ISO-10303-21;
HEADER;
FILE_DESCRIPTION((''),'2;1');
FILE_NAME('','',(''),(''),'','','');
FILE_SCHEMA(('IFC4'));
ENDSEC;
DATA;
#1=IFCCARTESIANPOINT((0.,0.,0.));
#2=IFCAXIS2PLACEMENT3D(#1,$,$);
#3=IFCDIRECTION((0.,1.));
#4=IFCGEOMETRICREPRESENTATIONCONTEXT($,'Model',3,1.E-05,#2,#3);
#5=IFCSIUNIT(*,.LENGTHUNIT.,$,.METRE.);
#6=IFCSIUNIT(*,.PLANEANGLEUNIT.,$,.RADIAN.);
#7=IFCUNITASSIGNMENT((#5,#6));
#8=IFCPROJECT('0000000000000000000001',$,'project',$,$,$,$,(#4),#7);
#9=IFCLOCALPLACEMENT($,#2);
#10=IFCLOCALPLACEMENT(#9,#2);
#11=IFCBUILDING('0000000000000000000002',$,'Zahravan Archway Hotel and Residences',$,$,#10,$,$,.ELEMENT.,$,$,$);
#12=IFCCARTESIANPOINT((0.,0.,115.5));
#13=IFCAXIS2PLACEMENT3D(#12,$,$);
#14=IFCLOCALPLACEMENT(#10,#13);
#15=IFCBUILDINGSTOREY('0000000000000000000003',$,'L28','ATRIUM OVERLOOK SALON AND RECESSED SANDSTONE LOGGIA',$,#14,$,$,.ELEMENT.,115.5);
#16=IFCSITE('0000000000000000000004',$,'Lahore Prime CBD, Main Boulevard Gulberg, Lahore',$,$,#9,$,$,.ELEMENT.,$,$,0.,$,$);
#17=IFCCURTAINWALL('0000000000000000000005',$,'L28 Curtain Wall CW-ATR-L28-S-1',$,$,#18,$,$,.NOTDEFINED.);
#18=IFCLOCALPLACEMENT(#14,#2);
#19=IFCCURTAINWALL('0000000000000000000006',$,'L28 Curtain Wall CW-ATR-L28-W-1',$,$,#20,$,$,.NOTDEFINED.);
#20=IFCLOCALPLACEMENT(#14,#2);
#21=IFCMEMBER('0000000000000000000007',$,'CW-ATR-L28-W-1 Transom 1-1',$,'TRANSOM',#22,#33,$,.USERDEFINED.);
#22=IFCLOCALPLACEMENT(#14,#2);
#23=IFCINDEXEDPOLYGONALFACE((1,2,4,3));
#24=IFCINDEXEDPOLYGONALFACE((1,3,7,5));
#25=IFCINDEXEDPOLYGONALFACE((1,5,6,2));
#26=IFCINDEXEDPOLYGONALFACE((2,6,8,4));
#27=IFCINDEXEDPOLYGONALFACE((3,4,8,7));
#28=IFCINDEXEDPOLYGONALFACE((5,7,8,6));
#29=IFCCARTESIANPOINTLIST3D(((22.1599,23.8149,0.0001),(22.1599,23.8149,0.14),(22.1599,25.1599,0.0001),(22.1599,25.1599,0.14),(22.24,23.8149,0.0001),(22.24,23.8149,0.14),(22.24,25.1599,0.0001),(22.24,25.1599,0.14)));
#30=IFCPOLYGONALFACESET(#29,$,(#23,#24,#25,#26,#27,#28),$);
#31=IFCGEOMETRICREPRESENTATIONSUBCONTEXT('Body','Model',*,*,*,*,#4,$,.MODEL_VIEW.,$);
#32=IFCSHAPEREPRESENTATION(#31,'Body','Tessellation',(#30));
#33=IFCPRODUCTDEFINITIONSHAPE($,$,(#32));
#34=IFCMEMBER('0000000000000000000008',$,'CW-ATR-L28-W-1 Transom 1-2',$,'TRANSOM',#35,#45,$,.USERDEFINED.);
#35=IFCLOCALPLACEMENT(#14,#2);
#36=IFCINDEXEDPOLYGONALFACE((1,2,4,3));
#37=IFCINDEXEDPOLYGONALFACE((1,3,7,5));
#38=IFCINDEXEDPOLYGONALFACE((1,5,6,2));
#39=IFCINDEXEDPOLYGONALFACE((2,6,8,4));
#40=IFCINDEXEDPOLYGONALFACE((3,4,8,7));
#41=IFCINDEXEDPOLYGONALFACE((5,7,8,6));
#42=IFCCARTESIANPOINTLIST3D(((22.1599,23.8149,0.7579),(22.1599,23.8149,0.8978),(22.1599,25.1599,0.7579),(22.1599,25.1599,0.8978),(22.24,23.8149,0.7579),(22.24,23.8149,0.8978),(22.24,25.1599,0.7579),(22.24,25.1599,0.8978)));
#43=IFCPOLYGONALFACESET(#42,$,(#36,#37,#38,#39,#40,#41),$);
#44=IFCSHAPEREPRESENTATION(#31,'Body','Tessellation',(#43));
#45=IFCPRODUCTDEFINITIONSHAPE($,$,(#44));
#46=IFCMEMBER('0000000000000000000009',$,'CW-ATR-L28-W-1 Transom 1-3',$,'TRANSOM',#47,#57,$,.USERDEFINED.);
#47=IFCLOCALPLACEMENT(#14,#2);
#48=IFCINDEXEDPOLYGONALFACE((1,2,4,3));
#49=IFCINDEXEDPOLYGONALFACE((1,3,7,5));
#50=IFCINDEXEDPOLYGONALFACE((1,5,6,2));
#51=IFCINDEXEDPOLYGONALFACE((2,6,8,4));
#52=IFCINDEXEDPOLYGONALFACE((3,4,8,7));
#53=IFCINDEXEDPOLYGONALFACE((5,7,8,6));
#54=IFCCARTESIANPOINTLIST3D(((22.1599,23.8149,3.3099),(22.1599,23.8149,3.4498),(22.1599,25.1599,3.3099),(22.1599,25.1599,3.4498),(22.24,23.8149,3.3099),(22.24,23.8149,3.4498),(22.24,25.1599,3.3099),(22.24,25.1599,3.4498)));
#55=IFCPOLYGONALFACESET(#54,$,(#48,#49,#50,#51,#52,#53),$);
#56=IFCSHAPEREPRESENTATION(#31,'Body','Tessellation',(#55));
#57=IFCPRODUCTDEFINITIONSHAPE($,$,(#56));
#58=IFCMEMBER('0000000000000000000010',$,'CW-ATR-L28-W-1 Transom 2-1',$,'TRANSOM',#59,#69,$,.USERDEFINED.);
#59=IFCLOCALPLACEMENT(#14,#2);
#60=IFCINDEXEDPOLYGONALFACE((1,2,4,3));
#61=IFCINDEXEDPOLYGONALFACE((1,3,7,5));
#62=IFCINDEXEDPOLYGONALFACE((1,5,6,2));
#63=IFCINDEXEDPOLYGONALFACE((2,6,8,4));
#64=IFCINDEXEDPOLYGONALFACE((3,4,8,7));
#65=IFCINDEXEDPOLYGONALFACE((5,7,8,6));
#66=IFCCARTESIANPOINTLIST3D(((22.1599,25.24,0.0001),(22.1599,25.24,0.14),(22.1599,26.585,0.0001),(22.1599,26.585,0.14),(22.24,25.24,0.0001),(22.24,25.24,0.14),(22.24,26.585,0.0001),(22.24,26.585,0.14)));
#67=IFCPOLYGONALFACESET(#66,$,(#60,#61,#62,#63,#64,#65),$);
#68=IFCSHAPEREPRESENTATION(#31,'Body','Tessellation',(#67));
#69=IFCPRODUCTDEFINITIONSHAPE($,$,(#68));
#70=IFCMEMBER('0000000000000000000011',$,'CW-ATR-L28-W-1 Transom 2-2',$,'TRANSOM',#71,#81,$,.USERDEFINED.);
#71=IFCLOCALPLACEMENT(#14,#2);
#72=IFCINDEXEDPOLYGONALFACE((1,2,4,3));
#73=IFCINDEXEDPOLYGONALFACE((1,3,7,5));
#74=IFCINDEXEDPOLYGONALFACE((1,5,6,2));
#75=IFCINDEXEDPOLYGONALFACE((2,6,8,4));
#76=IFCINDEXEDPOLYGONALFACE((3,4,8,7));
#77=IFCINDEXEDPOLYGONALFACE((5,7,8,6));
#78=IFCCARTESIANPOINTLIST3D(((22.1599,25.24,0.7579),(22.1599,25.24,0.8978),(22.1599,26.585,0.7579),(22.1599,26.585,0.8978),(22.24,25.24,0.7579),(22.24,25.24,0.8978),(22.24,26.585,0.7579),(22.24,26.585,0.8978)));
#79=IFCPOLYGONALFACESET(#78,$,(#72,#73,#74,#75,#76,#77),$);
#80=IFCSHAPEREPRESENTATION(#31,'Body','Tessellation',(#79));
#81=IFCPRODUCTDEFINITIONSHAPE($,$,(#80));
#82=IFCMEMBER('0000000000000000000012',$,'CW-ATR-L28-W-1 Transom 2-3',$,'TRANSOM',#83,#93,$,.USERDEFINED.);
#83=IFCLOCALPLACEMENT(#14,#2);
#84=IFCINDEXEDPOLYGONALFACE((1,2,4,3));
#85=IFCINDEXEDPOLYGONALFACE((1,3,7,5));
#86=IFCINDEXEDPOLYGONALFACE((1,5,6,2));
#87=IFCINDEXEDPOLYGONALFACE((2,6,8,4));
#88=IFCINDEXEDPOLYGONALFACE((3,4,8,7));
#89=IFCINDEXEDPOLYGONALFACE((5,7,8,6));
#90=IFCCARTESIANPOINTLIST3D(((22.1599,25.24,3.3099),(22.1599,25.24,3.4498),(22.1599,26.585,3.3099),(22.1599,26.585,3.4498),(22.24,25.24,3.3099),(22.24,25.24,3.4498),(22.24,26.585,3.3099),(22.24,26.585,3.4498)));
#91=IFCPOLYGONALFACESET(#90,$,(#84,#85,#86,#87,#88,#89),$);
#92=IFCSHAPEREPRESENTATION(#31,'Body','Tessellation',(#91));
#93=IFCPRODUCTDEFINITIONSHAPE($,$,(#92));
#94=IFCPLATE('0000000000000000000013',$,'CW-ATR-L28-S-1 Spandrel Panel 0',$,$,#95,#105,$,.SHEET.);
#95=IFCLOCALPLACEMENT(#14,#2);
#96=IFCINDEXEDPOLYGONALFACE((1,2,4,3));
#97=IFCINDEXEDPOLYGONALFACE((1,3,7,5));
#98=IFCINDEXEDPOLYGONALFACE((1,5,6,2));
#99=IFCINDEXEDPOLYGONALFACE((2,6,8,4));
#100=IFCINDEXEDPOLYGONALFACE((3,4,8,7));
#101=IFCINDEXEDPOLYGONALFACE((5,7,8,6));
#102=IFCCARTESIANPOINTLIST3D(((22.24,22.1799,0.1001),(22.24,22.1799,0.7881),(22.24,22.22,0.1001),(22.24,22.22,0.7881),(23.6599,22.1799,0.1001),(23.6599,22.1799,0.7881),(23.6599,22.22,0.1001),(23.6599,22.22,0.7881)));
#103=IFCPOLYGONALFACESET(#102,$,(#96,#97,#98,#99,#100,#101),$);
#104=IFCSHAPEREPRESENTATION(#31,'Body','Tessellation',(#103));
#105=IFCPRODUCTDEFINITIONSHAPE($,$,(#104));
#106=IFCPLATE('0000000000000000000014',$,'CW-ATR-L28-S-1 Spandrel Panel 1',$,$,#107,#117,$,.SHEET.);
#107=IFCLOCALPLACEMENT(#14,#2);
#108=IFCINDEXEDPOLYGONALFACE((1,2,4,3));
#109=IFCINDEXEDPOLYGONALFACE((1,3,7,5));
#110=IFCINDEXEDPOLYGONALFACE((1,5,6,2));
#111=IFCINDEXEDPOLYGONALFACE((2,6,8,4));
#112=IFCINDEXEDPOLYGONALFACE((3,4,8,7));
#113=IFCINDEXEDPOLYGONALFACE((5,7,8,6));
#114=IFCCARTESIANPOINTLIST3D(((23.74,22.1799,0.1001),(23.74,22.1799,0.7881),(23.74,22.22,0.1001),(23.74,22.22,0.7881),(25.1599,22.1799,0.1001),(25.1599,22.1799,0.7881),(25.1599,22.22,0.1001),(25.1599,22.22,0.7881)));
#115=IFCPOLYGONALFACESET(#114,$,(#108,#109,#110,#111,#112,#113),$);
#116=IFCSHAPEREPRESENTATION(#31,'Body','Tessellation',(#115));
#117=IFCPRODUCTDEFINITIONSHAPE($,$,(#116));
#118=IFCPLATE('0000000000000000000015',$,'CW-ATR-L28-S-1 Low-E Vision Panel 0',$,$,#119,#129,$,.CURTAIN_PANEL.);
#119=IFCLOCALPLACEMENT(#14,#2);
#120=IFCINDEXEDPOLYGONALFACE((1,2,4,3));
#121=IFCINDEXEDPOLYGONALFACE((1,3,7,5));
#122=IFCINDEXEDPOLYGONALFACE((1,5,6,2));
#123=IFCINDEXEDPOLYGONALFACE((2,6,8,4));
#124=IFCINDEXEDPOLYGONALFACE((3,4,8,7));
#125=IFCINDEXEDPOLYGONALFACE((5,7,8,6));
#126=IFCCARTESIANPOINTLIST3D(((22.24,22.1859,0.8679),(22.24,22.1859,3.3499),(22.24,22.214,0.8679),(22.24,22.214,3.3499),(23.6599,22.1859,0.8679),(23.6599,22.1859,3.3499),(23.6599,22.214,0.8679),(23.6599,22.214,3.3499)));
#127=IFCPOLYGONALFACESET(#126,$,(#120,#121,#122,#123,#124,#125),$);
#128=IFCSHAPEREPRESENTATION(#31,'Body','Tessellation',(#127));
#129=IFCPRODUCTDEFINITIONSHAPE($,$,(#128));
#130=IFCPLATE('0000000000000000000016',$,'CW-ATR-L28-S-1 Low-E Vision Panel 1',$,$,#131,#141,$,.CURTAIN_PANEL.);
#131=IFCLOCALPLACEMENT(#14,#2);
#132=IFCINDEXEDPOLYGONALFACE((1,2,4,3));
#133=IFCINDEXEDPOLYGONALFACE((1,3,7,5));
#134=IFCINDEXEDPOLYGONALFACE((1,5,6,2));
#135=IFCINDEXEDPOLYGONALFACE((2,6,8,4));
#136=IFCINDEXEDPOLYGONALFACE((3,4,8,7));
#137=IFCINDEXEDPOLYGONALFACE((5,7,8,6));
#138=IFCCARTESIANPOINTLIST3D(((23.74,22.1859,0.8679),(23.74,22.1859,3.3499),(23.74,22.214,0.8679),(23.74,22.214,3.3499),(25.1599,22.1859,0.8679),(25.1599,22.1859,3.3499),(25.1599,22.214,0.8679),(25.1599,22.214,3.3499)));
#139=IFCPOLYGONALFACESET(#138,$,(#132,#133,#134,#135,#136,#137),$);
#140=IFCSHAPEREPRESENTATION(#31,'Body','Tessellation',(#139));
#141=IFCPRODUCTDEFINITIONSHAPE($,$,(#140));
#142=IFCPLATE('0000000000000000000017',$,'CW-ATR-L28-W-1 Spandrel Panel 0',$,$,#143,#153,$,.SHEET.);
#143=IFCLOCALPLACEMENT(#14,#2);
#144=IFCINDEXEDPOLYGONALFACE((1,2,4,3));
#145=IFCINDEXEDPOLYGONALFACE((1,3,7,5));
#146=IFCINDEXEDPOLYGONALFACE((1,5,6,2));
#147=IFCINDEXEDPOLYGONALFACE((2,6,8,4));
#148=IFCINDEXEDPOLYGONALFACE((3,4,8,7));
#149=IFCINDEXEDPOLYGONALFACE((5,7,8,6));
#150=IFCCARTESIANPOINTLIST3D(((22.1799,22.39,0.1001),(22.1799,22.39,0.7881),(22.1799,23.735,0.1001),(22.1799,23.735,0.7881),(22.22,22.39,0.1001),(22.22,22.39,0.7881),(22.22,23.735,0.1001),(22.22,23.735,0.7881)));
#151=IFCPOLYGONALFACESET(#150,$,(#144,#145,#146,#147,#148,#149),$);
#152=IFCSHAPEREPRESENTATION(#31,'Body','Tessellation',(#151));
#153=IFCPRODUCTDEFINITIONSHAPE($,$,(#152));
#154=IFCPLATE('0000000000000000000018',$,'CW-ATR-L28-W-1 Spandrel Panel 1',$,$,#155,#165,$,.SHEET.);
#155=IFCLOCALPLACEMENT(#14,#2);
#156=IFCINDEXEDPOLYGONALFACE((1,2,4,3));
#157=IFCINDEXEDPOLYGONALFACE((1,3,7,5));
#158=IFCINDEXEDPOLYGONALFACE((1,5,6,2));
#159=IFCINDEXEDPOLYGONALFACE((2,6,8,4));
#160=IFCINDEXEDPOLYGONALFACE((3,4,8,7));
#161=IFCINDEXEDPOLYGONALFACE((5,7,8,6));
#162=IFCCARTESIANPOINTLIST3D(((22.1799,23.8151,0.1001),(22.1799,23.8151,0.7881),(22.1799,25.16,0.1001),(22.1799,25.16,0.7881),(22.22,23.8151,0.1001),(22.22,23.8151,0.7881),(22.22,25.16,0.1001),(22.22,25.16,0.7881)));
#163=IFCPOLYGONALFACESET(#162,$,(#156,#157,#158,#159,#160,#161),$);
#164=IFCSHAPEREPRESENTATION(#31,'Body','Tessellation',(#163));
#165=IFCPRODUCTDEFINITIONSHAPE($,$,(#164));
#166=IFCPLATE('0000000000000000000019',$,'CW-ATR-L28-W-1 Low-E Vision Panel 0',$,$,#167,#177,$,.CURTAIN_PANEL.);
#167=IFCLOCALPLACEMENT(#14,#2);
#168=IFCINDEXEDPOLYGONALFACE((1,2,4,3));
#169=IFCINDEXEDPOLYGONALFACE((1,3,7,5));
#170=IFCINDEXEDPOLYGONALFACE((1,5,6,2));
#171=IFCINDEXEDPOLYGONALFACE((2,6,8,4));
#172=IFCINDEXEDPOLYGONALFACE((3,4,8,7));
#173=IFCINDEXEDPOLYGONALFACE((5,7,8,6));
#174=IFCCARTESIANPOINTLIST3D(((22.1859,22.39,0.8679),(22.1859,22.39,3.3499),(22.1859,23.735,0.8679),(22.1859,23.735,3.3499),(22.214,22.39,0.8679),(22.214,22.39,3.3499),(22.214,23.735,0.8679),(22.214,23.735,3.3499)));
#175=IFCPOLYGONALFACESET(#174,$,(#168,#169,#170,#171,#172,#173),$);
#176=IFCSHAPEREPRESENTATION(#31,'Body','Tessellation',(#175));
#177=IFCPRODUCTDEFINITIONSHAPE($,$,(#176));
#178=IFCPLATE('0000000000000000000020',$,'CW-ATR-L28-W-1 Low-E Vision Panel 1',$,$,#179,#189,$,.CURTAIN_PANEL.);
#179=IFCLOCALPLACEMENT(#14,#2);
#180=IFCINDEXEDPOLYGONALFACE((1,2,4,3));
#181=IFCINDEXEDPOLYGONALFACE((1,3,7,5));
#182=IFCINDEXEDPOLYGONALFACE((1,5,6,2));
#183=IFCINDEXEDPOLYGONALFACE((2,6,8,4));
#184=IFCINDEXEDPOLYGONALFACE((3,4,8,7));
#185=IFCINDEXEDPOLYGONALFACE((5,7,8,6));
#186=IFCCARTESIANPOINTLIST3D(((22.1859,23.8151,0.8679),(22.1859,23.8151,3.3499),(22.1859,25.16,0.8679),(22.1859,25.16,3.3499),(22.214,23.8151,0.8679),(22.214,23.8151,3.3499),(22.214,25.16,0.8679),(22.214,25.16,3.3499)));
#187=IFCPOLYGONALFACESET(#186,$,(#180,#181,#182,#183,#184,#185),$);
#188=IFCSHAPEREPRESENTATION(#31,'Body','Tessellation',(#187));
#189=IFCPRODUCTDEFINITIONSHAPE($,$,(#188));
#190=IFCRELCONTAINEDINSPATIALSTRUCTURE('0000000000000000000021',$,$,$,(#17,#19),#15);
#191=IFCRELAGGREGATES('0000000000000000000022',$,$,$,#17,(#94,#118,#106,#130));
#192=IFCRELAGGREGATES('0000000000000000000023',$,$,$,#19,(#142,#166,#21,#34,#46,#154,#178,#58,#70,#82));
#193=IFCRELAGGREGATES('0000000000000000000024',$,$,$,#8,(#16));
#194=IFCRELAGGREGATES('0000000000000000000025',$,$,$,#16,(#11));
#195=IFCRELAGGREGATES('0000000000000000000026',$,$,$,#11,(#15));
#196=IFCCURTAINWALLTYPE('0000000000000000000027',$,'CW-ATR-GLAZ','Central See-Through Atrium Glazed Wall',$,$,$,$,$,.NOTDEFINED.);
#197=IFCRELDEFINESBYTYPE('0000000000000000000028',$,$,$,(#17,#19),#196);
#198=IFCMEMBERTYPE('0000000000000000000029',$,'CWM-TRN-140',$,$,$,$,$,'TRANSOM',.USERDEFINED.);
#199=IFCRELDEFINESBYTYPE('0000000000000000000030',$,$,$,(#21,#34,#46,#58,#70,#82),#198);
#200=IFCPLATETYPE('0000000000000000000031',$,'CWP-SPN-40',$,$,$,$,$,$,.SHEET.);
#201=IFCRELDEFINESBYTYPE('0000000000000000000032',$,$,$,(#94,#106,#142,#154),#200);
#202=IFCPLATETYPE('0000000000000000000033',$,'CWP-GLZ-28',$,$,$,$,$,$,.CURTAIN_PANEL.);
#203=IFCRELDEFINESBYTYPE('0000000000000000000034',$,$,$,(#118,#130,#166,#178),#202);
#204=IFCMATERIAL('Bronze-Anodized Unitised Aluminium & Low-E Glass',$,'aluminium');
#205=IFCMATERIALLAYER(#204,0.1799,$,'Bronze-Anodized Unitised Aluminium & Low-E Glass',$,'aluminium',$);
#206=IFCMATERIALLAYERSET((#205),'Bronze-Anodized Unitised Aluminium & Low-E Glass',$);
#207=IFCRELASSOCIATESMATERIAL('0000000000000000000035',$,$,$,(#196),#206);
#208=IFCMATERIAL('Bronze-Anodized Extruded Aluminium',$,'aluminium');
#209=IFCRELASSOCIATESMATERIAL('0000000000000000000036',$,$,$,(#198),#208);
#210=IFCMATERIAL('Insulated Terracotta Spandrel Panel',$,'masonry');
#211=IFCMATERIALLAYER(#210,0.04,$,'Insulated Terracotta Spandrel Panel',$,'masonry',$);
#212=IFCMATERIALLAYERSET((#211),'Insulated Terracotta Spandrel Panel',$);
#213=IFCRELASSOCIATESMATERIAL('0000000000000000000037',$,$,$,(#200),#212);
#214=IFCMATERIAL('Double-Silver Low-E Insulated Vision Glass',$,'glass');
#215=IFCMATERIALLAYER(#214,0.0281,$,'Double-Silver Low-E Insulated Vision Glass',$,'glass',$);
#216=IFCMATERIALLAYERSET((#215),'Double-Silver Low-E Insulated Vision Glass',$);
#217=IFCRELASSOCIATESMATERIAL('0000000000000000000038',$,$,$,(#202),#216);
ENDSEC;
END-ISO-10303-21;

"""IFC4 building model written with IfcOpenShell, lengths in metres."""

from ifc_helpers import new_model, si_unit, direction, frame, origin, origin_2d, place, context, subcontext, project, spatial, rectangle, extrude, source, transform, mapped, material, layer, layer_set, material_profile, profile_set, type_object, element, aggregate, save


model = new_model("IFC4")

# Units and contexts
model_context = context("Model", 3, precision=1e-05, world=origin(), true_north=direction((0.0, 1.0)))
body_context = subcontext(model_context, "Body", "Model", "MODEL_VIEW")
ifc_project = project(units=[si_unit("LENGTHUNIT", "METRE"), si_unit("PLANEANGLEUNIT", "RADIAN")], contexts=[model_context])

# Site, building, storey
site_placement = place(None, origin())
site = spatial("IfcSite", under=ifc_project, at=site_placement, Name="Lahore Prime CBD, Main Boulevard Gulberg, Lahore", CompositionType="ELEMENT", RefElevation=0.0)
building_placement = place(site_placement, origin())
building = spatial("IfcBuilding", under=site, at=building_placement, Name="Zahravan Archway Hotel and Residences", CompositionType="ELEMENT")
storey_placement = place(building_placement, frame((0.0, 0.0, 115.5)))
storey = spatial("IfcBuildingStorey", under=building, at=storey_placement, Name="L28", Description="ATRIUM OVERLOOK SALON AND RECESSED SANDSTONE LOGGIA", CompositionType="ELEMENT", Elevation=115.5)

# Curtain walls
ifc_material_1 = material(Name="Bronze-Anodized Unitised Aluminium & Low-E Glass", Category="aluminium")
ifc_layer_1 = layer(ifc_material_1, 0.1799, Name="Bronze-Anodized Unitised Aluminium & Low-E Glass", Category="aluminium")
ifc_layer_set_1 = layer_set([ifc_layer_1], Name="Bronze-Anodized Unitised Aluminium & Low-E Glass")
curtain_wall_type = type_object("IfcCurtainWallType", Name="CW-ATR-GLAZ", Description="Central See-Through Atrium Glazed Wall", PredefinedType="NOTDEFINED", material=ifc_layer_set_1)
curtain_wall_1_placement = place(storey_placement, origin())
curtain_wall_1 = element("IfcCurtainWall", 1, at=curtain_wall_1_placement, inside=storey, type_object=curtain_wall_type, Name="L28 Curtain Wall CW-ATR-L28-S-1", PredefinedType="NOTDEFINED")
ifc_material_2 = material(Name="Bronze-Anodized Extruded Aluminium", Category="aluminium")
curtain_wall_2_placement = place(storey_placement, origin())
curtain_wall_2 = element("IfcCurtainWall", 2, at=curtain_wall_2_placement, inside=storey, type_object=curtain_wall_type, Name="L28 Curtain Wall CW-ATR-L28-W-1", PredefinedType="NOTDEFINED")

# Members
ifc_material_profile_1 = material_profile(ifc_material_2, rectangle(XDim=0.0801, YDim=0.1399, at=origin_2d()), Name="TRN 80x140", Category="aluminium")
ifc_profile_set_1 = profile_set([ifc_material_profile_1], Name="Bronze-Anodized Extruded Aluminium")
member_type_1 = type_object("IfcMemberType", Name="CWM-TRN-140", ElementType="TRANSOM", PredefinedType="USERDEFINED", material=ifc_profile_set_1)
shared_shape_1 = source(origin(), body_context, "Body", "SweptSolid", [
    extrude(rectangle(XDim=0.0801, YDim=0.1399, at=origin_2d()), origin(), (0.0, 0.0, 1.0), 1.345),
])
member_1_placement = place(storey_placement, frame((22.2, 23.8149, 0.0701), z_axis=(0.0, 1.0, 0.0), x_axis=(-1.0, 0.0, 0.0)))
member_1 = element("IfcMember", 3, at=member_1_placement, type_object=member_type_1, Name="CW-ATR-L28-W-1 Transom 1-1", ObjectType="TRANSOM", PredefinedType="USERDEFINED", context=body_context, shape_type="MappedRepresentation", body=[
    mapped(shared_shape_1, transform((0.0, 0.0, 0.0), scale=1.0)),
])
member_2_placement = place(storey_placement, frame((22.2, 23.8149, 0.8279), z_axis=(0.0, 1.0, 0.0), x_axis=(-1.0, 0.0, 0.0)))
member_2 = element("IfcMember", 4, at=member_2_placement, type_object=member_type_1, Name="CW-ATR-L28-W-1 Transom 1-2", ObjectType="TRANSOM", PredefinedType="USERDEFINED", context=body_context, shape_type="MappedRepresentation", body=[
    mapped(shared_shape_1, transform((0.0, 0.0, 0.0), scale=1.0)),
])
member_3_placement = place(storey_placement, frame((22.2, 23.8149, 3.3799), z_axis=(0.0, 1.0, 0.0), x_axis=(-1.0, 0.0, 0.0)))
member_3 = element("IfcMember", 5, at=member_3_placement, type_object=member_type_1, Name="CW-ATR-L28-W-1 Transom 1-3", ObjectType="TRANSOM", PredefinedType="USERDEFINED", context=body_context, shape_type="MappedRepresentation", body=[
    mapped(shared_shape_1, transform((0.0, 0.0, 0.0), scale=1.0)),
])
member_4_placement = place(storey_placement, frame((22.2, 25.24, 0.0701), z_axis=(0.0, 1.0, 0.0), x_axis=(-1.0, 0.0, 0.0)))
member_4 = element("IfcMember", 6, at=member_4_placement, type_object=member_type_1, Name="CW-ATR-L28-W-1 Transom 2-1", ObjectType="TRANSOM", PredefinedType="USERDEFINED", context=body_context, shape_type="MappedRepresentation", body=[
    mapped(shared_shape_1, transform((0.0, 0.0, 0.0), scale=1.0)),
])
member_5_placement = place(storey_placement, frame((22.2, 25.24, 0.8279), z_axis=(0.0, 1.0, 0.0), x_axis=(-1.0, 0.0, 0.0)))
member_5 = element("IfcMember", 7, at=member_5_placement, type_object=member_type_1, Name="CW-ATR-L28-W-1 Transom 2-2", ObjectType="TRANSOM", PredefinedType="USERDEFINED", context=body_context, shape_type="MappedRepresentation", body=[
    mapped(shared_shape_1, transform((0.0, 0.0, 0.0), scale=1.0)),
])
member_6_placement = place(storey_placement, frame((22.2, 25.24, 3.3799), z_axis=(0.0, 1.0, 0.0), x_axis=(-1.0, 0.0, 0.0)))
member_6 = element("IfcMember", 8, at=member_6_placement, type_object=member_type_1, Name="CW-ATR-L28-W-1 Transom 2-3", ObjectType="TRANSOM", PredefinedType="USERDEFINED", context=body_context, shape_type="MappedRepresentation", body=[
    mapped(shared_shape_1, transform((0.0, 0.0, 0.0), scale=1.0)),
])

# Plates
ifc_material_3 = material(Name="Insulated Terracotta Spandrel Panel", Category="masonry")
ifc_layer_2 = layer(ifc_material_3, 0.04, Name="Insulated Terracotta Spandrel Panel", Category="masonry")
ifc_layer_set_2 = layer_set([ifc_layer_2], Name="Insulated Terracotta Spandrel Panel")
plate_type_1 = type_object("IfcPlateType", Name="CWP-SPN-40", PredefinedType="SHEET", material=ifc_layer_set_2)
shared_shape_2 = source(origin(), body_context, "Body", "SweptSolid", [
    extrude(rectangle(XDim=1.4199, YDim=0.04, at=origin_2d()), origin(), (0.0, 0.0, 1.0), 0.688),
])
plate_1_placement = place(storey_placement, frame((22.95, 22.2, 0.1001), z_axis=(0.0, 0.0, 1.0), x_axis=(1.0, 0.0, 0.0)))
plate_1 = element("IfcPlate", 9, at=plate_1_placement, type_object=plate_type_1, Name="CW-ATR-L28-S-1 Spandrel Panel 0", PredefinedType="SHEET", context=body_context, shape_type="MappedRepresentation", body=[
    mapped(shared_shape_2, transform((0.0, 0.0, 0.0), scale=1.0)),
])
plate_2_placement = place(storey_placement, frame((24.45, 22.2, 0.1001), z_axis=(0.0, 0.0, 1.0), x_axis=(1.0, 0.0, 0.0)))
plate_2 = element("IfcPlate", 10, at=plate_2_placement, type_object=plate_type_1, Name="CW-ATR-L28-S-1 Spandrel Panel 1", PredefinedType="SHEET", context=body_context, shape_type="MappedRepresentation", body=[
    mapped(shared_shape_2, transform((0.0, 0.0, 0.0), scale=1.0)),
])
ifc_material_4 = material(Name="Double-Silver Low-E Insulated Vision Glass", Category="glass")
ifc_layer_3 = layer(ifc_material_4, 0.0281, Name="Double-Silver Low-E Insulated Vision Glass", Category="glass")
ifc_layer_set_3 = layer_set([ifc_layer_3], Name="Double-Silver Low-E Insulated Vision Glass")
plate_type_2 = type_object("IfcPlateType", Name="CWP-GLZ-28", PredefinedType="CURTAIN_PANEL", material=ifc_layer_set_3)
shared_shape_3 = source(origin(), body_context, "Body", "SweptSolid", [
    extrude(rectangle(XDim=1.4199, YDim=0.0281, at=origin_2d()), origin(), (0.0, 0.0, 1.0), 2.4819),
])
plate_3_placement = place(storey_placement, frame((22.95, 22.2, 0.8679), z_axis=(0.0, 0.0, 1.0), x_axis=(1.0, 0.0, 0.0)))
plate_3 = element("IfcPlate", 11, at=plate_3_placement, type_object=plate_type_2, Name="CW-ATR-L28-S-1 Low-E Vision Panel 0", PredefinedType="CURTAIN_PANEL", context=body_context, shape_type="MappedRepresentation", body=[
    mapped(shared_shape_3, transform((0.0, 0.0, 0.0), scale=1.0)),
])
plate_4_placement = place(storey_placement, frame((24.45, 22.2, 0.8679), z_axis=(0.0, 0.0, 1.0), x_axis=(1.0, 0.0, 0.0)))
plate_4 = element("IfcPlate", 12, at=plate_4_placement, type_object=plate_type_2, Name="CW-ATR-L28-S-1 Low-E Vision Panel 1", PredefinedType="CURTAIN_PANEL", context=body_context, shape_type="MappedRepresentation", body=[
    mapped(shared_shape_3, transform((0.0, 0.0, 0.0), scale=1.0)),
])
aggregate(curtain_wall_1, [plate_1, plate_3, plate_2, plate_4])
shared_shape_4 = source(origin(), body_context, "Body", "SweptSolid", [
    extrude(rectangle(XDim=1.345, YDim=0.04, at=origin_2d()), origin(), (0.0, 0.0, 1.0), 0.688),
])
plate_5_placement = place(storey_placement, frame((22.2, 23.0625, 0.1001), z_axis=(0.0, 0.0, 1.0), x_axis=(0.0, 1.0, 0.0)))
plate_5 = element("IfcPlate", 13, at=plate_5_placement, type_object=plate_type_1, Name="CW-ATR-L28-W-1 Spandrel Panel 0", PredefinedType="SHEET", context=body_context, shape_type="MappedRepresentation", body=[
    mapped(shared_shape_4, transform((0.0, 0.0, 0.0), scale=1.0)),
])
plate_6_placement = place(storey_placement, frame((22.2, 24.4875, 0.1001), z_axis=(0.0, 0.0, 1.0), x_axis=(0.0, 1.0, 0.0)))
plate_6 = element("IfcPlate", 14, at=plate_6_placement, type_object=plate_type_1, Name="CW-ATR-L28-W-1 Spandrel Panel 1", PredefinedType="SHEET", context=body_context, shape_type="MappedRepresentation", body=[
    mapped(shared_shape_4, transform((0.0, 0.0, 0.0), scale=1.0)),
])
shared_shape_5 = source(origin(), body_context, "Body", "SweptSolid", [
    extrude(rectangle(XDim=1.345, YDim=0.0281, at=origin_2d()), origin(), (0.0, 0.0, 1.0), 2.4819),
])
plate_7_placement = place(storey_placement, frame((22.2, 23.0625, 0.8679), z_axis=(0.0, 0.0, 1.0), x_axis=(0.0, 1.0, 0.0)))
plate_7 = element("IfcPlate", 15, at=plate_7_placement, type_object=plate_type_2, Name="CW-ATR-L28-W-1 Low-E Vision Panel 0", PredefinedType="CURTAIN_PANEL", context=body_context, shape_type="MappedRepresentation", body=[
    mapped(shared_shape_5, transform((0.0, 0.0, 0.0), scale=1.0)),
])
plate_8_placement = place(storey_placement, frame((22.2, 24.4875, 0.8679), z_axis=(0.0, 0.0, 1.0), x_axis=(0.0, 1.0, 0.0)))
plate_8 = element("IfcPlate", 16, at=plate_8_placement, type_object=plate_type_2, Name="CW-ATR-L28-W-1 Low-E Vision Panel 1", PredefinedType="CURTAIN_PANEL", context=body_context, shape_type="MappedRepresentation", body=[
    mapped(shared_shape_5, transform((0.0, 0.0, 0.0), scale=1.0)),
])
aggregate(curtain_wall_2, [plate_5, plate_7, member_1, member_2, member_3, plate_6, plate_8, member_4, member_5, member_6])

save(model, "model.ifc")
